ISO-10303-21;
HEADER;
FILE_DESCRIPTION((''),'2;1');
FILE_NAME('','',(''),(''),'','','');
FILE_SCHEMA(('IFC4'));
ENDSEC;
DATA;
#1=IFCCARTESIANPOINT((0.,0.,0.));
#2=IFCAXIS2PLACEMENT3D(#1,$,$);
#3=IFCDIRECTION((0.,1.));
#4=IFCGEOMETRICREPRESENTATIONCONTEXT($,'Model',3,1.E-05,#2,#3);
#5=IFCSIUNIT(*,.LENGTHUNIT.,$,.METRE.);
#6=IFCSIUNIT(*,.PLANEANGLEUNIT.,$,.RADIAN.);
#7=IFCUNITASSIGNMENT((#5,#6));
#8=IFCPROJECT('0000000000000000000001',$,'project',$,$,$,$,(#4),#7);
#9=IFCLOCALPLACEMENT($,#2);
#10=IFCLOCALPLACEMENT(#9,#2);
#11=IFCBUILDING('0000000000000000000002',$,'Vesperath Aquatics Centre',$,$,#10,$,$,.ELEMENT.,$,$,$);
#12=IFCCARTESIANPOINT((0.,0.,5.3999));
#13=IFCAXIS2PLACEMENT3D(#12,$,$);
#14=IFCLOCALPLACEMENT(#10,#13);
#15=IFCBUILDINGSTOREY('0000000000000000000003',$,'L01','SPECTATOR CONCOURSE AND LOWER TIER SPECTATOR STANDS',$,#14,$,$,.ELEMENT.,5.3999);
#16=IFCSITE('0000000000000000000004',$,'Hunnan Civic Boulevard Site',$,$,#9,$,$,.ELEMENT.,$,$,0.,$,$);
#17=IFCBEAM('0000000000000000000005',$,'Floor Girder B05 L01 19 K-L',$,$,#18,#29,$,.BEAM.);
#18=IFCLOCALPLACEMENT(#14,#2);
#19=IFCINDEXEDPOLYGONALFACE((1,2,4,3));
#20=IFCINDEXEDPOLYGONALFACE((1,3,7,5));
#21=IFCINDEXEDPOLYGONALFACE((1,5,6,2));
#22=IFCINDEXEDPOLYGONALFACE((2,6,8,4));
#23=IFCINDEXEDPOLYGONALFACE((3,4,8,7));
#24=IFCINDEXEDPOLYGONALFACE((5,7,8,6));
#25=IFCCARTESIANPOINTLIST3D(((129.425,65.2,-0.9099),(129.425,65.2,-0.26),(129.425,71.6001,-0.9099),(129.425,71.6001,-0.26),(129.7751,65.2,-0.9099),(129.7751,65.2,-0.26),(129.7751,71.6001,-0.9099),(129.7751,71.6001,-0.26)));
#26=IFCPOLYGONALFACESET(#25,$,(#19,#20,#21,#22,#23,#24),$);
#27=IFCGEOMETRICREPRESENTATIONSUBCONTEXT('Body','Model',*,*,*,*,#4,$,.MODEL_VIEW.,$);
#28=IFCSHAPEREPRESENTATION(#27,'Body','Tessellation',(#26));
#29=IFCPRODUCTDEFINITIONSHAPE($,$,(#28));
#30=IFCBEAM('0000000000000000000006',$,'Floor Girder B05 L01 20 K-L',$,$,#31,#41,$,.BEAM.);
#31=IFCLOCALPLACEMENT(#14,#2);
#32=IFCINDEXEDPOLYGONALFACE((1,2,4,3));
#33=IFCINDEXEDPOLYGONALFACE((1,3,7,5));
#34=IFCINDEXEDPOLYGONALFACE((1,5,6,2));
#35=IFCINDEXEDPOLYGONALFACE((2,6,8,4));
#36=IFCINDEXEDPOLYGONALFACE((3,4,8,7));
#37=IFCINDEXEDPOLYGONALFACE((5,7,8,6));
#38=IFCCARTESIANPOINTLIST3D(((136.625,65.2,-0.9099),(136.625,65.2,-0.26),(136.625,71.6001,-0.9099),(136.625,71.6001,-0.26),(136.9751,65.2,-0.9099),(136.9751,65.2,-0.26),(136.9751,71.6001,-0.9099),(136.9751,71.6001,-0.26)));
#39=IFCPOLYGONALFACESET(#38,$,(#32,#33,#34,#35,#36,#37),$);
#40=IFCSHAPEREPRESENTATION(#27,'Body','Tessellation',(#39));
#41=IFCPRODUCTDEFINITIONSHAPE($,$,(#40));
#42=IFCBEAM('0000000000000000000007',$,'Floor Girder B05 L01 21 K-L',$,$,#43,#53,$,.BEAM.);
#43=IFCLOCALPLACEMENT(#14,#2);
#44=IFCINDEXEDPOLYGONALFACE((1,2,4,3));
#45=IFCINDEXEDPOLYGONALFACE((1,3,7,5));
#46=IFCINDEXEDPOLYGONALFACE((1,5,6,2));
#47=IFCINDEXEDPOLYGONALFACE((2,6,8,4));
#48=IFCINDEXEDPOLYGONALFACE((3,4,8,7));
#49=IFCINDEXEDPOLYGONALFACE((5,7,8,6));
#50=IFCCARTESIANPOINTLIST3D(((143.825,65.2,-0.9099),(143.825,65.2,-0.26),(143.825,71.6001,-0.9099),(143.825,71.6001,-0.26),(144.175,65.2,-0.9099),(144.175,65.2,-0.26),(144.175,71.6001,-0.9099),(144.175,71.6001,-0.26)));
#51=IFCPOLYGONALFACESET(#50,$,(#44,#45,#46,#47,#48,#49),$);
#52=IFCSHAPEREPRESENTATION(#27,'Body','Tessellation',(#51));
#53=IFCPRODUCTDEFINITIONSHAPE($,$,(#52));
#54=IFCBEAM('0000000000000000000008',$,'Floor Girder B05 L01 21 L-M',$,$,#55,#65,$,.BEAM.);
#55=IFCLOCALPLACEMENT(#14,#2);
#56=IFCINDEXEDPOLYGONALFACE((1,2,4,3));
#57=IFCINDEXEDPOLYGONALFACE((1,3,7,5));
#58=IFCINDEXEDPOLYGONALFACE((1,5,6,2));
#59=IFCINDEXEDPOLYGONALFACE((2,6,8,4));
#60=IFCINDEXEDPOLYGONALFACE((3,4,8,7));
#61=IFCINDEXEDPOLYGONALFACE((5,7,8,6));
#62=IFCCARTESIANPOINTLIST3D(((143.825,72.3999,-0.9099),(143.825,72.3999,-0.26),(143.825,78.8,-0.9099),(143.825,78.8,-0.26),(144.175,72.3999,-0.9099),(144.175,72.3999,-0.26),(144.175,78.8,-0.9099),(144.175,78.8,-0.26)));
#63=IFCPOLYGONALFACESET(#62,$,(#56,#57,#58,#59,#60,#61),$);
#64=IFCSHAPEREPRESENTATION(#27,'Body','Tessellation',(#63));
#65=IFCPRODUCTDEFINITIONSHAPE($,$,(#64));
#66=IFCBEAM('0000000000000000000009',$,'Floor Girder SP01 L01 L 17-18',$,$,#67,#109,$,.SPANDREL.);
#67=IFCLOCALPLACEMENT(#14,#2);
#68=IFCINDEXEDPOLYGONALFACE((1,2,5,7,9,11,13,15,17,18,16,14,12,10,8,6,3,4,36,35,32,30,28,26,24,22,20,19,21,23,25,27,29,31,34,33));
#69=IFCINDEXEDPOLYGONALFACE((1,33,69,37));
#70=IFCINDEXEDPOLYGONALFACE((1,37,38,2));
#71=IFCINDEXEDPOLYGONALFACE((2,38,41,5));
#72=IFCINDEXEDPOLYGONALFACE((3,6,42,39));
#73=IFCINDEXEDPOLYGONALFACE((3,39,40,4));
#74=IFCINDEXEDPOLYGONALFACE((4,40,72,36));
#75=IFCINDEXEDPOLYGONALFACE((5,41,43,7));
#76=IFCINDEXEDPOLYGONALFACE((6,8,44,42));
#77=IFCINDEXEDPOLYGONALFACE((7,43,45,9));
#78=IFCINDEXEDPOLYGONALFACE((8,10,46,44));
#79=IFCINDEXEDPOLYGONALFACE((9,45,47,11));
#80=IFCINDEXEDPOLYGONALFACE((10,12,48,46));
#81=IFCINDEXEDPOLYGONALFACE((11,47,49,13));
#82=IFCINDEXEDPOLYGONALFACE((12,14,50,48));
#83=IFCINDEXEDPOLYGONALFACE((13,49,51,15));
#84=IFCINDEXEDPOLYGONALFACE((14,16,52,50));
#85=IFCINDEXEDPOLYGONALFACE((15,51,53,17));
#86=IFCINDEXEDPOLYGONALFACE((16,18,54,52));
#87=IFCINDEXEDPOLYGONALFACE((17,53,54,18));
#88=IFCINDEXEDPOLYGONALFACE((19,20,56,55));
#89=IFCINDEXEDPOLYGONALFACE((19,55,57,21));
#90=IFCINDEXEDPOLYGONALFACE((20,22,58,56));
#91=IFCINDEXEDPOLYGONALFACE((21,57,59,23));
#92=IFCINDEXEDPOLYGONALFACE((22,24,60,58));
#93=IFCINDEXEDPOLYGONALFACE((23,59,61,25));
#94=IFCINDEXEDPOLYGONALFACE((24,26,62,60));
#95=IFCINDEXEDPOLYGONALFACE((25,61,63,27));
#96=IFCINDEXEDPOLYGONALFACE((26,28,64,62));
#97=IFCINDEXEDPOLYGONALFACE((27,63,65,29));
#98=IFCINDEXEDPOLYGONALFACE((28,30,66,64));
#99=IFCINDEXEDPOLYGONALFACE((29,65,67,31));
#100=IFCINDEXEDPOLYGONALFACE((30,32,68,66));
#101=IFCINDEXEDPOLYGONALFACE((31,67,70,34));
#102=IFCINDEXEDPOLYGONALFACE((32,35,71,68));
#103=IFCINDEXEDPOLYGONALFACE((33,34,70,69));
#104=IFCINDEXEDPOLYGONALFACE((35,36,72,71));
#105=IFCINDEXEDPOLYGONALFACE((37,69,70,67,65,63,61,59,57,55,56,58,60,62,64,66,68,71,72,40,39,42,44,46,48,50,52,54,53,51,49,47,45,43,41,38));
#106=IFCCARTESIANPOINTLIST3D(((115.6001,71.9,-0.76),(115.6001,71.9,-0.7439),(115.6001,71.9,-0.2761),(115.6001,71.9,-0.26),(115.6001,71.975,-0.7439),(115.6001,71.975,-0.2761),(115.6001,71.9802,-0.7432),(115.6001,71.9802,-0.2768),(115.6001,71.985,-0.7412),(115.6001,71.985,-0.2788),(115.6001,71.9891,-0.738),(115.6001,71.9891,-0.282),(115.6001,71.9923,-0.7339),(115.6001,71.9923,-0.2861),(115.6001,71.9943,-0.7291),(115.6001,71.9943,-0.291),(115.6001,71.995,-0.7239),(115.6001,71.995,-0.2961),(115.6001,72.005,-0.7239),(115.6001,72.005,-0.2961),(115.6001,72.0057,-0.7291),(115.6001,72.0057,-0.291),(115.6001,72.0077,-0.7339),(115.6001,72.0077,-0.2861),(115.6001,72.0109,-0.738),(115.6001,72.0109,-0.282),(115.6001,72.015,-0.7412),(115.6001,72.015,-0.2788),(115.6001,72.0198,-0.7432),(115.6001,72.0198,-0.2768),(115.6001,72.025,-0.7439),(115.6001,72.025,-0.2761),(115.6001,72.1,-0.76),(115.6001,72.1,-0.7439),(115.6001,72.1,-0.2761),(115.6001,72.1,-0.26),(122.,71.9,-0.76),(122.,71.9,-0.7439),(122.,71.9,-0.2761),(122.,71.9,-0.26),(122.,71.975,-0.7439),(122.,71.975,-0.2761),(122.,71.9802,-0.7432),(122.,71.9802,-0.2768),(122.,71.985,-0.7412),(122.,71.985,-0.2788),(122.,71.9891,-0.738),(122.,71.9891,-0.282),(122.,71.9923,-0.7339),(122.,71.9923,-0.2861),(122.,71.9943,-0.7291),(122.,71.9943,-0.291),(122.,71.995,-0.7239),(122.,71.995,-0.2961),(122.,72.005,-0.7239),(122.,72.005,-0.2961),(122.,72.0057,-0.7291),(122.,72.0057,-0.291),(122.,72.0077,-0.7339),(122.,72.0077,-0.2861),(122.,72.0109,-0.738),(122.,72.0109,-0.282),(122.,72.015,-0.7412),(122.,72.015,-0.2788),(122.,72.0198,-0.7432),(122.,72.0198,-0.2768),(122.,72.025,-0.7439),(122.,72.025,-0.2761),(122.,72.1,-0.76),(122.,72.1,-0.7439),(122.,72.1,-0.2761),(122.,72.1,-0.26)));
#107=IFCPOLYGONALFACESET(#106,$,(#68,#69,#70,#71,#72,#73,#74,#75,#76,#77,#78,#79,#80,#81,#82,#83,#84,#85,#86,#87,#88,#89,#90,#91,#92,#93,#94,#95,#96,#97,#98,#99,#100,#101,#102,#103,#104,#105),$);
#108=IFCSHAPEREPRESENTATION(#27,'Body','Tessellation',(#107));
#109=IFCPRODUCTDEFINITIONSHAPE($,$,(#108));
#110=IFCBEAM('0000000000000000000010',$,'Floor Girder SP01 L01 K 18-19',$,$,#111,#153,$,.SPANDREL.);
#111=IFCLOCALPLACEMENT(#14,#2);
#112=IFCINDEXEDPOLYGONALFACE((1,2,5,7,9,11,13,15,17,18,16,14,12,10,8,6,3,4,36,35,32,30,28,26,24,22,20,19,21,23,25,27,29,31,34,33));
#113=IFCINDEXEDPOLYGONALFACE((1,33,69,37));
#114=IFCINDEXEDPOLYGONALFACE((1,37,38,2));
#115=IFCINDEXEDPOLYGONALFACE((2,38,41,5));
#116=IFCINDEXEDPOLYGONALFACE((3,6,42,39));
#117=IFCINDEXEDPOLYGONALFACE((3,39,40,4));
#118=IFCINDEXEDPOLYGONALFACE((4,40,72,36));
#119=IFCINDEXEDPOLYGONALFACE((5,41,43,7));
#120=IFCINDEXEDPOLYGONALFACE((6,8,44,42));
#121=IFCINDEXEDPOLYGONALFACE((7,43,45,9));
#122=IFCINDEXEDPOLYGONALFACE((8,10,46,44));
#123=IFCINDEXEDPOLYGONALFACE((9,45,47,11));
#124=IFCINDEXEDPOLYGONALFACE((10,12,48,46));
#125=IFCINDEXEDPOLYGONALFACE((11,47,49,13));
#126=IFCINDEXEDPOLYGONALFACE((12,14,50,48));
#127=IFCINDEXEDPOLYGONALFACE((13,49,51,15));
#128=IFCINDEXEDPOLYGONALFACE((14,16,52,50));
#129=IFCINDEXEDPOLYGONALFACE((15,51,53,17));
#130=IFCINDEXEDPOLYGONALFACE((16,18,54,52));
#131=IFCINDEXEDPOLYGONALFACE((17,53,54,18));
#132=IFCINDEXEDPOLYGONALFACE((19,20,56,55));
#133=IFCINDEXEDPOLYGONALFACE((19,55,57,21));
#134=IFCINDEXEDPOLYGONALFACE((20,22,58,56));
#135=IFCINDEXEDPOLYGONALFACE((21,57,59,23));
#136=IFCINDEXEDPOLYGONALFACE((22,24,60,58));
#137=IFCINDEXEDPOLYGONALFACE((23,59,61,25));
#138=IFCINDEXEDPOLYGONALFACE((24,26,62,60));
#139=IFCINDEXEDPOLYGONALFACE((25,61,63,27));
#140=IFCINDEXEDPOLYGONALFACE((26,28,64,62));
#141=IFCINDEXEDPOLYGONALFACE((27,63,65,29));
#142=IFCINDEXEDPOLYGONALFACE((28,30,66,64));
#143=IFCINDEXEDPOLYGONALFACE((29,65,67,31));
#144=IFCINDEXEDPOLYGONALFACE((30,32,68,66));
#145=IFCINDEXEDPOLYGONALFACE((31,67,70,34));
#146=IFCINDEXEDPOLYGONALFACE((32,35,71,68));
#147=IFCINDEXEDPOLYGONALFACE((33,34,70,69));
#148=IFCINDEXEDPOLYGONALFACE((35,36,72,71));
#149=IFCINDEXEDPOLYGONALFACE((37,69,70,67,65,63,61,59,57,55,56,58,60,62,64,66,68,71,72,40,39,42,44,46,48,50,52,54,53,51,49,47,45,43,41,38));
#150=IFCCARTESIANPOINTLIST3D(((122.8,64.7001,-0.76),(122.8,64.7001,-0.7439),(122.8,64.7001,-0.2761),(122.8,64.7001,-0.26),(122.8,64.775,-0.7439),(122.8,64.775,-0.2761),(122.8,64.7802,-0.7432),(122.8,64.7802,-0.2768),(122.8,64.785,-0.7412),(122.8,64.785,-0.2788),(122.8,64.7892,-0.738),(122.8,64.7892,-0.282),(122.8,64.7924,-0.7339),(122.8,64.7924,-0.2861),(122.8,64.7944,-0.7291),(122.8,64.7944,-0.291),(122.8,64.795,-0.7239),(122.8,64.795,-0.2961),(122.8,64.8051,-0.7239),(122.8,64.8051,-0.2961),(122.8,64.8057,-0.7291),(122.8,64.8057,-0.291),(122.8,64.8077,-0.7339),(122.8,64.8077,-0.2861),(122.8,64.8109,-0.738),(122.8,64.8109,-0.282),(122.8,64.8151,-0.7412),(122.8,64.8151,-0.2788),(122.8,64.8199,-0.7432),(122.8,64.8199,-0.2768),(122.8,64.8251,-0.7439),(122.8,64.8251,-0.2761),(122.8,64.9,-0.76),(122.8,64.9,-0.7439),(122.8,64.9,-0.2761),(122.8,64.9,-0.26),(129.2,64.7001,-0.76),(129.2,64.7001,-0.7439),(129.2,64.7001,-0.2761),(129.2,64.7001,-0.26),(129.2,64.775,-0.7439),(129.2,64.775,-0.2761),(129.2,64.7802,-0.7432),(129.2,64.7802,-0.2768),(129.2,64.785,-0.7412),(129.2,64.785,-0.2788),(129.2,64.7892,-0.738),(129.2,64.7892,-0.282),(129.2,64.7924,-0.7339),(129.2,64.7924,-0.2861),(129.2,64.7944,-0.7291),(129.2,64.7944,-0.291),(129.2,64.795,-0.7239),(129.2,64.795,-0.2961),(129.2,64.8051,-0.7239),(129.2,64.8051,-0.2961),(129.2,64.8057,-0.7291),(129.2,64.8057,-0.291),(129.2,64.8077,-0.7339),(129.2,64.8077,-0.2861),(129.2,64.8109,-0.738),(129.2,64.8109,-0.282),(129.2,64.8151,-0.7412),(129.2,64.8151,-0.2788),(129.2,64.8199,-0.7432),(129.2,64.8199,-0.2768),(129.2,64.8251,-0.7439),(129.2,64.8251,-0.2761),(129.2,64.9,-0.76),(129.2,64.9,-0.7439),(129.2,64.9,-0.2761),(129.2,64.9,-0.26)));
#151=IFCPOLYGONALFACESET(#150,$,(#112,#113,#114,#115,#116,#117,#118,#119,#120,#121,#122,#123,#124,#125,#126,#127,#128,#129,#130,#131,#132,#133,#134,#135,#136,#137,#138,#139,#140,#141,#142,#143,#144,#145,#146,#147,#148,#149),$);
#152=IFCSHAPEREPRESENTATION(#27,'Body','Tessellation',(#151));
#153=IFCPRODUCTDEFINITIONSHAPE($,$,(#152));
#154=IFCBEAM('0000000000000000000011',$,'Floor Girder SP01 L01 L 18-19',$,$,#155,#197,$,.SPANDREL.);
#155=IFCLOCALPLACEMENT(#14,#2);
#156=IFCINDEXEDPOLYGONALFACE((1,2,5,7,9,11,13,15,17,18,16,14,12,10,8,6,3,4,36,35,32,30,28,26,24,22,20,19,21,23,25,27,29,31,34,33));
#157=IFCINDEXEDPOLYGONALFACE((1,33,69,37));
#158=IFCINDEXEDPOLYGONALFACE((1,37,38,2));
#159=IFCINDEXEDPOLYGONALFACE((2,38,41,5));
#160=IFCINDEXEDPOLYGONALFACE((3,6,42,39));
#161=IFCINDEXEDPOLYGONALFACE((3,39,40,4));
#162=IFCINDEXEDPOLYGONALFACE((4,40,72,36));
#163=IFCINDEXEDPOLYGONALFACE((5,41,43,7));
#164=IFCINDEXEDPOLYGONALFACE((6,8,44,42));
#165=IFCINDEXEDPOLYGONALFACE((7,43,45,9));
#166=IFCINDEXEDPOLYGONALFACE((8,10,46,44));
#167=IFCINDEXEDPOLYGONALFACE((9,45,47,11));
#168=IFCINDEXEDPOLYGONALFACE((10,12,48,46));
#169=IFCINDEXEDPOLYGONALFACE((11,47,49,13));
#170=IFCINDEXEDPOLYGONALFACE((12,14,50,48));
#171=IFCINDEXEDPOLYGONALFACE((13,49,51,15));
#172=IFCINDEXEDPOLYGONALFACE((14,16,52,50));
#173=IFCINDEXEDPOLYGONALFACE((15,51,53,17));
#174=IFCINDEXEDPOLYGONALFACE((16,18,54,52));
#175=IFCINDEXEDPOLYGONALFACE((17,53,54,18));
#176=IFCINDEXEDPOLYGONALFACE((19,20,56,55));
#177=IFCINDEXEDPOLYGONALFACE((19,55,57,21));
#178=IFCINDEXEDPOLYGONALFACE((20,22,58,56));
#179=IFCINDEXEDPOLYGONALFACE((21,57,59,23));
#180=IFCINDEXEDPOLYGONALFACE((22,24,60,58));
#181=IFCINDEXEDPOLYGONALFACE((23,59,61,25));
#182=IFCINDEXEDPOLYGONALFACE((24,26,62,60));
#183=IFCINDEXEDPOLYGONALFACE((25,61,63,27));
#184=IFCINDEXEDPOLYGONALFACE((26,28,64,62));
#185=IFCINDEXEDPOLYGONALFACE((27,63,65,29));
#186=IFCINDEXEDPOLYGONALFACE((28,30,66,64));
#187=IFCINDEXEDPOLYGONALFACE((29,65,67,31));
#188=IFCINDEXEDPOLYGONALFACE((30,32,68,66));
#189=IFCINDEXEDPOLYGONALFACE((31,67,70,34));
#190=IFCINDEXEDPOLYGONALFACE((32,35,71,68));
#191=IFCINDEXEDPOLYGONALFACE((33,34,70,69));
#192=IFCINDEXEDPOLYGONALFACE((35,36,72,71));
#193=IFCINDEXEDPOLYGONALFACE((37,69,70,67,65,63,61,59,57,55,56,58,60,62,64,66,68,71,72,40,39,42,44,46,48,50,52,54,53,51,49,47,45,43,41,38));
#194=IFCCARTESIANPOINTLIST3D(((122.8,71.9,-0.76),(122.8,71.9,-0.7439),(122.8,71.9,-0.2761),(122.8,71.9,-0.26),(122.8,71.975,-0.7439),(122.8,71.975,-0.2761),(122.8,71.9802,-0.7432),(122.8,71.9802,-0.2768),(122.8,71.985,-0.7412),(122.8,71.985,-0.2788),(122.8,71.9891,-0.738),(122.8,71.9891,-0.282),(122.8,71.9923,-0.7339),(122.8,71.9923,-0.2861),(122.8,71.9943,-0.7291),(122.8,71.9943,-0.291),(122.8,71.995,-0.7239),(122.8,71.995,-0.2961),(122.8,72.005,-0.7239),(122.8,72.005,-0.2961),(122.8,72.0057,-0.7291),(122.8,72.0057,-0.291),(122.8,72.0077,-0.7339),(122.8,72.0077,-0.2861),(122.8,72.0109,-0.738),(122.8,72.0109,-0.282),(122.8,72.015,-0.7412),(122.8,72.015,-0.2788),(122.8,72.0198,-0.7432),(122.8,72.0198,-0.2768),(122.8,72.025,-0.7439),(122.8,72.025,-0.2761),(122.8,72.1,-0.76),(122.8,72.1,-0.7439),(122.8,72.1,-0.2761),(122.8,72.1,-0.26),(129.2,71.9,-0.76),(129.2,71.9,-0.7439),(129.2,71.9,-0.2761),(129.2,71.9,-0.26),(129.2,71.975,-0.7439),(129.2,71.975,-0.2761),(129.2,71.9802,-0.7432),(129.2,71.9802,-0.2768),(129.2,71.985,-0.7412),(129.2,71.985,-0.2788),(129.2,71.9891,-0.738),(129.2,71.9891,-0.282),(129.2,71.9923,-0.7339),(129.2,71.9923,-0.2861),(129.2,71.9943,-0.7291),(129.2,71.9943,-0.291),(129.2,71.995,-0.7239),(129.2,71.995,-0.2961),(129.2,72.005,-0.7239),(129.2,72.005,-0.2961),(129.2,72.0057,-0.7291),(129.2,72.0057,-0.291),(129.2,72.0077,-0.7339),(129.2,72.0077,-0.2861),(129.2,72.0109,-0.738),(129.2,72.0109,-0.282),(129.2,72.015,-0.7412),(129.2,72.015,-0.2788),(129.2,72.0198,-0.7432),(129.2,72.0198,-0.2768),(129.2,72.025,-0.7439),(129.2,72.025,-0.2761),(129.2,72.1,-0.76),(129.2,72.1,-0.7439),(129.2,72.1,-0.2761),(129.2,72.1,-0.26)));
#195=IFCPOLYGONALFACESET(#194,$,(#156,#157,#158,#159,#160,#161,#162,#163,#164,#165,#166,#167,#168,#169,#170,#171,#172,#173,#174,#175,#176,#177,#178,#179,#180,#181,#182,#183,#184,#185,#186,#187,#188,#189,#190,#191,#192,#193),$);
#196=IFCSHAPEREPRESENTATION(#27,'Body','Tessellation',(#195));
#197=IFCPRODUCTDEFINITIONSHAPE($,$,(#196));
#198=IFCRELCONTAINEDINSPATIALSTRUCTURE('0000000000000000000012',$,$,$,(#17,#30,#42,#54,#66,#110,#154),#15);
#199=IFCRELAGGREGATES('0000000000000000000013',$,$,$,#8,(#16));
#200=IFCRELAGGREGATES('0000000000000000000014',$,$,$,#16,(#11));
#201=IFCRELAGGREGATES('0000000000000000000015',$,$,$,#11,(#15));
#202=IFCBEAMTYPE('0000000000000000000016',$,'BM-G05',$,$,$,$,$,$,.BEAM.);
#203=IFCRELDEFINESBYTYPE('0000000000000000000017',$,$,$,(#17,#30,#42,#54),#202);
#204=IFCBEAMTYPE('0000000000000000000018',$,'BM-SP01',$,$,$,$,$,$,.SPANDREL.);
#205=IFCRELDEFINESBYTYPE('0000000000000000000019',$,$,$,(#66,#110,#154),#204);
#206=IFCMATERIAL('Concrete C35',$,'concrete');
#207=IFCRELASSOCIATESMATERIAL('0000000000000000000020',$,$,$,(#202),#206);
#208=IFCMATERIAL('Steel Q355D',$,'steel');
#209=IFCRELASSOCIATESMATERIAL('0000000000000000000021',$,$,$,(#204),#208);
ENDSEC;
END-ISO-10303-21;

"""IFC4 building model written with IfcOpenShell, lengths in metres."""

from ifc_helpers import new_model, si_unit, direction, frame, origin, origin_2d, place, context, subcontext, project, spatial, rectangle, i_section, extrude, material, material_profile, profile_set, type_object, element, save


model = new_model("IFC4")

# Units and contexts
model_context = context("Model", 3, precision=1e-05, world=origin(), true_north=direction((0.0, 1.0)))
body_context = subcontext(model_context, "Body", "Model", "MODEL_VIEW")
ifc_project = project(units=[si_unit("LENGTHUNIT", "METRE"), si_unit("PLANEANGLEUNIT", "RADIAN")], contexts=[model_context])

# Site, building, storey
site_placement = place(None, origin())
site = spatial("IfcSite", under=ifc_project, at=site_placement, Name="Hunnan Civic Boulevard Site", CompositionType="ELEMENT", RefElevation=0.0)
building_placement = place(site_placement, origin())
building = spatial("IfcBuilding", under=site, at=building_placement, Name="Vesperath Aquatics Centre", CompositionType="ELEMENT")
storey_placement = place(building_placement, frame((0.0, 0.0, 5.3999)))
storey = spatial("IfcBuildingStorey", under=building, at=storey_placement, Name="L01", Description="SPECTATOR CONCOURSE AND LOWER TIER SPECTATOR STANDS", CompositionType="ELEMENT", Elevation=5.3999)

# Shared definitions
ifc_material_1 = material(Name="Steel Q355D", Category="steel")

# Beams
ifc_material_2 = material(Name="Concrete C35", Category="concrete")
ifc_material_profile_1 = material_profile(ifc_material_2, rectangle(XDim=0.3501, YDim=0.6499, at=origin_2d()), Name="RC 350x650")
ifc_profile_set_1 = profile_set([ifc_material_profile_1], Name="Concrete C35")
beam_type_1 = type_object("IfcBeamType", Name="BM-G05", PredefinedType="BEAM", material=ifc_profile_set_1)
for number, where, z_axis, x_axis, name in (
    (1, (129.6001, 65.2, -0.585), (0.0, 1.0, 0.0), (-1.0, 0.0, 0.0), "Floor Girder B05 L01 19 K-L"),
    (2, (136.8, 65.2, -0.585), (0.0, 1.0, 0.0), (-1.0, 0.0, 0.0), "Floor Girder B05 L01 20 K-L"),
    (3, (144.0, 65.2, -0.585), (0.0, 1.0, 0.0), (-1.0, 0.0, 0.0), "Floor Girder B05 L01 21 K-L"),
    (4, (144.0, 72.3999, -0.585), (0.0, 1.0, 0.0), (-1.0, 0.0, 0.0), "Floor Girder B05 L01 21 L-M"),
):
    element("IfcBeam", number, at=place(storey_placement, frame(where, z_axis=z_axis, x_axis=x_axis)), inside=storey, type_object=beam_type_1, Name=name, PredefinedType="BEAM", context=body_context, shape_type="SweptSolid", body=[
        extrude(rectangle(XDim=0.3501, YDim=0.6499, at=origin_2d()), origin(), (0.0, 0.0, 1.0), 6.4001),
    ])
ifc_material_profile_2 = material_profile(ifc_material_1, i_section(OverallWidth=0.2, OverallDepth=0.5, WebThickness=0.01, FlangeThickness=0.0161, FilletRadius=0.02, at=origin_2d()), Name="HN 500x200x10x16")
ifc_profile_set_2 = profile_set([ifc_material_profile_2], Name="Steel Q355D")
beam_type_2 = type_object("IfcBeamType", Name="BM-SP01", PredefinedType="SPANDREL", material=ifc_profile_set_2)
for number, where, z_axis, x_axis, name in (
    (5, (115.6001, 72.0, -0.51), (1.0, 0.0, 0.0), (0.0, 1.0, 0.0), "Floor Girder SP01 L01 L 17-18"),
    (6, (122.8, 64.8, -0.51), (1.0, 0.0, 0.0), (0.0, 1.0, 0.0), "Floor Girder SP01 L01 K 18-19"),
    (7, (122.8, 72.0, -0.51), (1.0, 0.0, 0.0), (0.0, 1.0, 0.0), "Floor Girder SP01 L01 L 18-19"),
):
    element("IfcBeam", number, at=place(storey_placement, frame(where, z_axis=z_axis, x_axis=x_axis)), inside=storey, type_object=beam_type_2, Name=name, PredefinedType="SPANDREL", context=body_context, shape_type="SweptSolid", body=[
        extrude(i_section(OverallWidth=0.2, OverallDepth=0.5, WebThickness=0.01, FlangeThickness=0.0161, FilletRadius=0.02, at=origin_2d()), origin(), (0.0, 0.0, 1.0), 6.3999),
    ])

save(model, "model.ifc")
